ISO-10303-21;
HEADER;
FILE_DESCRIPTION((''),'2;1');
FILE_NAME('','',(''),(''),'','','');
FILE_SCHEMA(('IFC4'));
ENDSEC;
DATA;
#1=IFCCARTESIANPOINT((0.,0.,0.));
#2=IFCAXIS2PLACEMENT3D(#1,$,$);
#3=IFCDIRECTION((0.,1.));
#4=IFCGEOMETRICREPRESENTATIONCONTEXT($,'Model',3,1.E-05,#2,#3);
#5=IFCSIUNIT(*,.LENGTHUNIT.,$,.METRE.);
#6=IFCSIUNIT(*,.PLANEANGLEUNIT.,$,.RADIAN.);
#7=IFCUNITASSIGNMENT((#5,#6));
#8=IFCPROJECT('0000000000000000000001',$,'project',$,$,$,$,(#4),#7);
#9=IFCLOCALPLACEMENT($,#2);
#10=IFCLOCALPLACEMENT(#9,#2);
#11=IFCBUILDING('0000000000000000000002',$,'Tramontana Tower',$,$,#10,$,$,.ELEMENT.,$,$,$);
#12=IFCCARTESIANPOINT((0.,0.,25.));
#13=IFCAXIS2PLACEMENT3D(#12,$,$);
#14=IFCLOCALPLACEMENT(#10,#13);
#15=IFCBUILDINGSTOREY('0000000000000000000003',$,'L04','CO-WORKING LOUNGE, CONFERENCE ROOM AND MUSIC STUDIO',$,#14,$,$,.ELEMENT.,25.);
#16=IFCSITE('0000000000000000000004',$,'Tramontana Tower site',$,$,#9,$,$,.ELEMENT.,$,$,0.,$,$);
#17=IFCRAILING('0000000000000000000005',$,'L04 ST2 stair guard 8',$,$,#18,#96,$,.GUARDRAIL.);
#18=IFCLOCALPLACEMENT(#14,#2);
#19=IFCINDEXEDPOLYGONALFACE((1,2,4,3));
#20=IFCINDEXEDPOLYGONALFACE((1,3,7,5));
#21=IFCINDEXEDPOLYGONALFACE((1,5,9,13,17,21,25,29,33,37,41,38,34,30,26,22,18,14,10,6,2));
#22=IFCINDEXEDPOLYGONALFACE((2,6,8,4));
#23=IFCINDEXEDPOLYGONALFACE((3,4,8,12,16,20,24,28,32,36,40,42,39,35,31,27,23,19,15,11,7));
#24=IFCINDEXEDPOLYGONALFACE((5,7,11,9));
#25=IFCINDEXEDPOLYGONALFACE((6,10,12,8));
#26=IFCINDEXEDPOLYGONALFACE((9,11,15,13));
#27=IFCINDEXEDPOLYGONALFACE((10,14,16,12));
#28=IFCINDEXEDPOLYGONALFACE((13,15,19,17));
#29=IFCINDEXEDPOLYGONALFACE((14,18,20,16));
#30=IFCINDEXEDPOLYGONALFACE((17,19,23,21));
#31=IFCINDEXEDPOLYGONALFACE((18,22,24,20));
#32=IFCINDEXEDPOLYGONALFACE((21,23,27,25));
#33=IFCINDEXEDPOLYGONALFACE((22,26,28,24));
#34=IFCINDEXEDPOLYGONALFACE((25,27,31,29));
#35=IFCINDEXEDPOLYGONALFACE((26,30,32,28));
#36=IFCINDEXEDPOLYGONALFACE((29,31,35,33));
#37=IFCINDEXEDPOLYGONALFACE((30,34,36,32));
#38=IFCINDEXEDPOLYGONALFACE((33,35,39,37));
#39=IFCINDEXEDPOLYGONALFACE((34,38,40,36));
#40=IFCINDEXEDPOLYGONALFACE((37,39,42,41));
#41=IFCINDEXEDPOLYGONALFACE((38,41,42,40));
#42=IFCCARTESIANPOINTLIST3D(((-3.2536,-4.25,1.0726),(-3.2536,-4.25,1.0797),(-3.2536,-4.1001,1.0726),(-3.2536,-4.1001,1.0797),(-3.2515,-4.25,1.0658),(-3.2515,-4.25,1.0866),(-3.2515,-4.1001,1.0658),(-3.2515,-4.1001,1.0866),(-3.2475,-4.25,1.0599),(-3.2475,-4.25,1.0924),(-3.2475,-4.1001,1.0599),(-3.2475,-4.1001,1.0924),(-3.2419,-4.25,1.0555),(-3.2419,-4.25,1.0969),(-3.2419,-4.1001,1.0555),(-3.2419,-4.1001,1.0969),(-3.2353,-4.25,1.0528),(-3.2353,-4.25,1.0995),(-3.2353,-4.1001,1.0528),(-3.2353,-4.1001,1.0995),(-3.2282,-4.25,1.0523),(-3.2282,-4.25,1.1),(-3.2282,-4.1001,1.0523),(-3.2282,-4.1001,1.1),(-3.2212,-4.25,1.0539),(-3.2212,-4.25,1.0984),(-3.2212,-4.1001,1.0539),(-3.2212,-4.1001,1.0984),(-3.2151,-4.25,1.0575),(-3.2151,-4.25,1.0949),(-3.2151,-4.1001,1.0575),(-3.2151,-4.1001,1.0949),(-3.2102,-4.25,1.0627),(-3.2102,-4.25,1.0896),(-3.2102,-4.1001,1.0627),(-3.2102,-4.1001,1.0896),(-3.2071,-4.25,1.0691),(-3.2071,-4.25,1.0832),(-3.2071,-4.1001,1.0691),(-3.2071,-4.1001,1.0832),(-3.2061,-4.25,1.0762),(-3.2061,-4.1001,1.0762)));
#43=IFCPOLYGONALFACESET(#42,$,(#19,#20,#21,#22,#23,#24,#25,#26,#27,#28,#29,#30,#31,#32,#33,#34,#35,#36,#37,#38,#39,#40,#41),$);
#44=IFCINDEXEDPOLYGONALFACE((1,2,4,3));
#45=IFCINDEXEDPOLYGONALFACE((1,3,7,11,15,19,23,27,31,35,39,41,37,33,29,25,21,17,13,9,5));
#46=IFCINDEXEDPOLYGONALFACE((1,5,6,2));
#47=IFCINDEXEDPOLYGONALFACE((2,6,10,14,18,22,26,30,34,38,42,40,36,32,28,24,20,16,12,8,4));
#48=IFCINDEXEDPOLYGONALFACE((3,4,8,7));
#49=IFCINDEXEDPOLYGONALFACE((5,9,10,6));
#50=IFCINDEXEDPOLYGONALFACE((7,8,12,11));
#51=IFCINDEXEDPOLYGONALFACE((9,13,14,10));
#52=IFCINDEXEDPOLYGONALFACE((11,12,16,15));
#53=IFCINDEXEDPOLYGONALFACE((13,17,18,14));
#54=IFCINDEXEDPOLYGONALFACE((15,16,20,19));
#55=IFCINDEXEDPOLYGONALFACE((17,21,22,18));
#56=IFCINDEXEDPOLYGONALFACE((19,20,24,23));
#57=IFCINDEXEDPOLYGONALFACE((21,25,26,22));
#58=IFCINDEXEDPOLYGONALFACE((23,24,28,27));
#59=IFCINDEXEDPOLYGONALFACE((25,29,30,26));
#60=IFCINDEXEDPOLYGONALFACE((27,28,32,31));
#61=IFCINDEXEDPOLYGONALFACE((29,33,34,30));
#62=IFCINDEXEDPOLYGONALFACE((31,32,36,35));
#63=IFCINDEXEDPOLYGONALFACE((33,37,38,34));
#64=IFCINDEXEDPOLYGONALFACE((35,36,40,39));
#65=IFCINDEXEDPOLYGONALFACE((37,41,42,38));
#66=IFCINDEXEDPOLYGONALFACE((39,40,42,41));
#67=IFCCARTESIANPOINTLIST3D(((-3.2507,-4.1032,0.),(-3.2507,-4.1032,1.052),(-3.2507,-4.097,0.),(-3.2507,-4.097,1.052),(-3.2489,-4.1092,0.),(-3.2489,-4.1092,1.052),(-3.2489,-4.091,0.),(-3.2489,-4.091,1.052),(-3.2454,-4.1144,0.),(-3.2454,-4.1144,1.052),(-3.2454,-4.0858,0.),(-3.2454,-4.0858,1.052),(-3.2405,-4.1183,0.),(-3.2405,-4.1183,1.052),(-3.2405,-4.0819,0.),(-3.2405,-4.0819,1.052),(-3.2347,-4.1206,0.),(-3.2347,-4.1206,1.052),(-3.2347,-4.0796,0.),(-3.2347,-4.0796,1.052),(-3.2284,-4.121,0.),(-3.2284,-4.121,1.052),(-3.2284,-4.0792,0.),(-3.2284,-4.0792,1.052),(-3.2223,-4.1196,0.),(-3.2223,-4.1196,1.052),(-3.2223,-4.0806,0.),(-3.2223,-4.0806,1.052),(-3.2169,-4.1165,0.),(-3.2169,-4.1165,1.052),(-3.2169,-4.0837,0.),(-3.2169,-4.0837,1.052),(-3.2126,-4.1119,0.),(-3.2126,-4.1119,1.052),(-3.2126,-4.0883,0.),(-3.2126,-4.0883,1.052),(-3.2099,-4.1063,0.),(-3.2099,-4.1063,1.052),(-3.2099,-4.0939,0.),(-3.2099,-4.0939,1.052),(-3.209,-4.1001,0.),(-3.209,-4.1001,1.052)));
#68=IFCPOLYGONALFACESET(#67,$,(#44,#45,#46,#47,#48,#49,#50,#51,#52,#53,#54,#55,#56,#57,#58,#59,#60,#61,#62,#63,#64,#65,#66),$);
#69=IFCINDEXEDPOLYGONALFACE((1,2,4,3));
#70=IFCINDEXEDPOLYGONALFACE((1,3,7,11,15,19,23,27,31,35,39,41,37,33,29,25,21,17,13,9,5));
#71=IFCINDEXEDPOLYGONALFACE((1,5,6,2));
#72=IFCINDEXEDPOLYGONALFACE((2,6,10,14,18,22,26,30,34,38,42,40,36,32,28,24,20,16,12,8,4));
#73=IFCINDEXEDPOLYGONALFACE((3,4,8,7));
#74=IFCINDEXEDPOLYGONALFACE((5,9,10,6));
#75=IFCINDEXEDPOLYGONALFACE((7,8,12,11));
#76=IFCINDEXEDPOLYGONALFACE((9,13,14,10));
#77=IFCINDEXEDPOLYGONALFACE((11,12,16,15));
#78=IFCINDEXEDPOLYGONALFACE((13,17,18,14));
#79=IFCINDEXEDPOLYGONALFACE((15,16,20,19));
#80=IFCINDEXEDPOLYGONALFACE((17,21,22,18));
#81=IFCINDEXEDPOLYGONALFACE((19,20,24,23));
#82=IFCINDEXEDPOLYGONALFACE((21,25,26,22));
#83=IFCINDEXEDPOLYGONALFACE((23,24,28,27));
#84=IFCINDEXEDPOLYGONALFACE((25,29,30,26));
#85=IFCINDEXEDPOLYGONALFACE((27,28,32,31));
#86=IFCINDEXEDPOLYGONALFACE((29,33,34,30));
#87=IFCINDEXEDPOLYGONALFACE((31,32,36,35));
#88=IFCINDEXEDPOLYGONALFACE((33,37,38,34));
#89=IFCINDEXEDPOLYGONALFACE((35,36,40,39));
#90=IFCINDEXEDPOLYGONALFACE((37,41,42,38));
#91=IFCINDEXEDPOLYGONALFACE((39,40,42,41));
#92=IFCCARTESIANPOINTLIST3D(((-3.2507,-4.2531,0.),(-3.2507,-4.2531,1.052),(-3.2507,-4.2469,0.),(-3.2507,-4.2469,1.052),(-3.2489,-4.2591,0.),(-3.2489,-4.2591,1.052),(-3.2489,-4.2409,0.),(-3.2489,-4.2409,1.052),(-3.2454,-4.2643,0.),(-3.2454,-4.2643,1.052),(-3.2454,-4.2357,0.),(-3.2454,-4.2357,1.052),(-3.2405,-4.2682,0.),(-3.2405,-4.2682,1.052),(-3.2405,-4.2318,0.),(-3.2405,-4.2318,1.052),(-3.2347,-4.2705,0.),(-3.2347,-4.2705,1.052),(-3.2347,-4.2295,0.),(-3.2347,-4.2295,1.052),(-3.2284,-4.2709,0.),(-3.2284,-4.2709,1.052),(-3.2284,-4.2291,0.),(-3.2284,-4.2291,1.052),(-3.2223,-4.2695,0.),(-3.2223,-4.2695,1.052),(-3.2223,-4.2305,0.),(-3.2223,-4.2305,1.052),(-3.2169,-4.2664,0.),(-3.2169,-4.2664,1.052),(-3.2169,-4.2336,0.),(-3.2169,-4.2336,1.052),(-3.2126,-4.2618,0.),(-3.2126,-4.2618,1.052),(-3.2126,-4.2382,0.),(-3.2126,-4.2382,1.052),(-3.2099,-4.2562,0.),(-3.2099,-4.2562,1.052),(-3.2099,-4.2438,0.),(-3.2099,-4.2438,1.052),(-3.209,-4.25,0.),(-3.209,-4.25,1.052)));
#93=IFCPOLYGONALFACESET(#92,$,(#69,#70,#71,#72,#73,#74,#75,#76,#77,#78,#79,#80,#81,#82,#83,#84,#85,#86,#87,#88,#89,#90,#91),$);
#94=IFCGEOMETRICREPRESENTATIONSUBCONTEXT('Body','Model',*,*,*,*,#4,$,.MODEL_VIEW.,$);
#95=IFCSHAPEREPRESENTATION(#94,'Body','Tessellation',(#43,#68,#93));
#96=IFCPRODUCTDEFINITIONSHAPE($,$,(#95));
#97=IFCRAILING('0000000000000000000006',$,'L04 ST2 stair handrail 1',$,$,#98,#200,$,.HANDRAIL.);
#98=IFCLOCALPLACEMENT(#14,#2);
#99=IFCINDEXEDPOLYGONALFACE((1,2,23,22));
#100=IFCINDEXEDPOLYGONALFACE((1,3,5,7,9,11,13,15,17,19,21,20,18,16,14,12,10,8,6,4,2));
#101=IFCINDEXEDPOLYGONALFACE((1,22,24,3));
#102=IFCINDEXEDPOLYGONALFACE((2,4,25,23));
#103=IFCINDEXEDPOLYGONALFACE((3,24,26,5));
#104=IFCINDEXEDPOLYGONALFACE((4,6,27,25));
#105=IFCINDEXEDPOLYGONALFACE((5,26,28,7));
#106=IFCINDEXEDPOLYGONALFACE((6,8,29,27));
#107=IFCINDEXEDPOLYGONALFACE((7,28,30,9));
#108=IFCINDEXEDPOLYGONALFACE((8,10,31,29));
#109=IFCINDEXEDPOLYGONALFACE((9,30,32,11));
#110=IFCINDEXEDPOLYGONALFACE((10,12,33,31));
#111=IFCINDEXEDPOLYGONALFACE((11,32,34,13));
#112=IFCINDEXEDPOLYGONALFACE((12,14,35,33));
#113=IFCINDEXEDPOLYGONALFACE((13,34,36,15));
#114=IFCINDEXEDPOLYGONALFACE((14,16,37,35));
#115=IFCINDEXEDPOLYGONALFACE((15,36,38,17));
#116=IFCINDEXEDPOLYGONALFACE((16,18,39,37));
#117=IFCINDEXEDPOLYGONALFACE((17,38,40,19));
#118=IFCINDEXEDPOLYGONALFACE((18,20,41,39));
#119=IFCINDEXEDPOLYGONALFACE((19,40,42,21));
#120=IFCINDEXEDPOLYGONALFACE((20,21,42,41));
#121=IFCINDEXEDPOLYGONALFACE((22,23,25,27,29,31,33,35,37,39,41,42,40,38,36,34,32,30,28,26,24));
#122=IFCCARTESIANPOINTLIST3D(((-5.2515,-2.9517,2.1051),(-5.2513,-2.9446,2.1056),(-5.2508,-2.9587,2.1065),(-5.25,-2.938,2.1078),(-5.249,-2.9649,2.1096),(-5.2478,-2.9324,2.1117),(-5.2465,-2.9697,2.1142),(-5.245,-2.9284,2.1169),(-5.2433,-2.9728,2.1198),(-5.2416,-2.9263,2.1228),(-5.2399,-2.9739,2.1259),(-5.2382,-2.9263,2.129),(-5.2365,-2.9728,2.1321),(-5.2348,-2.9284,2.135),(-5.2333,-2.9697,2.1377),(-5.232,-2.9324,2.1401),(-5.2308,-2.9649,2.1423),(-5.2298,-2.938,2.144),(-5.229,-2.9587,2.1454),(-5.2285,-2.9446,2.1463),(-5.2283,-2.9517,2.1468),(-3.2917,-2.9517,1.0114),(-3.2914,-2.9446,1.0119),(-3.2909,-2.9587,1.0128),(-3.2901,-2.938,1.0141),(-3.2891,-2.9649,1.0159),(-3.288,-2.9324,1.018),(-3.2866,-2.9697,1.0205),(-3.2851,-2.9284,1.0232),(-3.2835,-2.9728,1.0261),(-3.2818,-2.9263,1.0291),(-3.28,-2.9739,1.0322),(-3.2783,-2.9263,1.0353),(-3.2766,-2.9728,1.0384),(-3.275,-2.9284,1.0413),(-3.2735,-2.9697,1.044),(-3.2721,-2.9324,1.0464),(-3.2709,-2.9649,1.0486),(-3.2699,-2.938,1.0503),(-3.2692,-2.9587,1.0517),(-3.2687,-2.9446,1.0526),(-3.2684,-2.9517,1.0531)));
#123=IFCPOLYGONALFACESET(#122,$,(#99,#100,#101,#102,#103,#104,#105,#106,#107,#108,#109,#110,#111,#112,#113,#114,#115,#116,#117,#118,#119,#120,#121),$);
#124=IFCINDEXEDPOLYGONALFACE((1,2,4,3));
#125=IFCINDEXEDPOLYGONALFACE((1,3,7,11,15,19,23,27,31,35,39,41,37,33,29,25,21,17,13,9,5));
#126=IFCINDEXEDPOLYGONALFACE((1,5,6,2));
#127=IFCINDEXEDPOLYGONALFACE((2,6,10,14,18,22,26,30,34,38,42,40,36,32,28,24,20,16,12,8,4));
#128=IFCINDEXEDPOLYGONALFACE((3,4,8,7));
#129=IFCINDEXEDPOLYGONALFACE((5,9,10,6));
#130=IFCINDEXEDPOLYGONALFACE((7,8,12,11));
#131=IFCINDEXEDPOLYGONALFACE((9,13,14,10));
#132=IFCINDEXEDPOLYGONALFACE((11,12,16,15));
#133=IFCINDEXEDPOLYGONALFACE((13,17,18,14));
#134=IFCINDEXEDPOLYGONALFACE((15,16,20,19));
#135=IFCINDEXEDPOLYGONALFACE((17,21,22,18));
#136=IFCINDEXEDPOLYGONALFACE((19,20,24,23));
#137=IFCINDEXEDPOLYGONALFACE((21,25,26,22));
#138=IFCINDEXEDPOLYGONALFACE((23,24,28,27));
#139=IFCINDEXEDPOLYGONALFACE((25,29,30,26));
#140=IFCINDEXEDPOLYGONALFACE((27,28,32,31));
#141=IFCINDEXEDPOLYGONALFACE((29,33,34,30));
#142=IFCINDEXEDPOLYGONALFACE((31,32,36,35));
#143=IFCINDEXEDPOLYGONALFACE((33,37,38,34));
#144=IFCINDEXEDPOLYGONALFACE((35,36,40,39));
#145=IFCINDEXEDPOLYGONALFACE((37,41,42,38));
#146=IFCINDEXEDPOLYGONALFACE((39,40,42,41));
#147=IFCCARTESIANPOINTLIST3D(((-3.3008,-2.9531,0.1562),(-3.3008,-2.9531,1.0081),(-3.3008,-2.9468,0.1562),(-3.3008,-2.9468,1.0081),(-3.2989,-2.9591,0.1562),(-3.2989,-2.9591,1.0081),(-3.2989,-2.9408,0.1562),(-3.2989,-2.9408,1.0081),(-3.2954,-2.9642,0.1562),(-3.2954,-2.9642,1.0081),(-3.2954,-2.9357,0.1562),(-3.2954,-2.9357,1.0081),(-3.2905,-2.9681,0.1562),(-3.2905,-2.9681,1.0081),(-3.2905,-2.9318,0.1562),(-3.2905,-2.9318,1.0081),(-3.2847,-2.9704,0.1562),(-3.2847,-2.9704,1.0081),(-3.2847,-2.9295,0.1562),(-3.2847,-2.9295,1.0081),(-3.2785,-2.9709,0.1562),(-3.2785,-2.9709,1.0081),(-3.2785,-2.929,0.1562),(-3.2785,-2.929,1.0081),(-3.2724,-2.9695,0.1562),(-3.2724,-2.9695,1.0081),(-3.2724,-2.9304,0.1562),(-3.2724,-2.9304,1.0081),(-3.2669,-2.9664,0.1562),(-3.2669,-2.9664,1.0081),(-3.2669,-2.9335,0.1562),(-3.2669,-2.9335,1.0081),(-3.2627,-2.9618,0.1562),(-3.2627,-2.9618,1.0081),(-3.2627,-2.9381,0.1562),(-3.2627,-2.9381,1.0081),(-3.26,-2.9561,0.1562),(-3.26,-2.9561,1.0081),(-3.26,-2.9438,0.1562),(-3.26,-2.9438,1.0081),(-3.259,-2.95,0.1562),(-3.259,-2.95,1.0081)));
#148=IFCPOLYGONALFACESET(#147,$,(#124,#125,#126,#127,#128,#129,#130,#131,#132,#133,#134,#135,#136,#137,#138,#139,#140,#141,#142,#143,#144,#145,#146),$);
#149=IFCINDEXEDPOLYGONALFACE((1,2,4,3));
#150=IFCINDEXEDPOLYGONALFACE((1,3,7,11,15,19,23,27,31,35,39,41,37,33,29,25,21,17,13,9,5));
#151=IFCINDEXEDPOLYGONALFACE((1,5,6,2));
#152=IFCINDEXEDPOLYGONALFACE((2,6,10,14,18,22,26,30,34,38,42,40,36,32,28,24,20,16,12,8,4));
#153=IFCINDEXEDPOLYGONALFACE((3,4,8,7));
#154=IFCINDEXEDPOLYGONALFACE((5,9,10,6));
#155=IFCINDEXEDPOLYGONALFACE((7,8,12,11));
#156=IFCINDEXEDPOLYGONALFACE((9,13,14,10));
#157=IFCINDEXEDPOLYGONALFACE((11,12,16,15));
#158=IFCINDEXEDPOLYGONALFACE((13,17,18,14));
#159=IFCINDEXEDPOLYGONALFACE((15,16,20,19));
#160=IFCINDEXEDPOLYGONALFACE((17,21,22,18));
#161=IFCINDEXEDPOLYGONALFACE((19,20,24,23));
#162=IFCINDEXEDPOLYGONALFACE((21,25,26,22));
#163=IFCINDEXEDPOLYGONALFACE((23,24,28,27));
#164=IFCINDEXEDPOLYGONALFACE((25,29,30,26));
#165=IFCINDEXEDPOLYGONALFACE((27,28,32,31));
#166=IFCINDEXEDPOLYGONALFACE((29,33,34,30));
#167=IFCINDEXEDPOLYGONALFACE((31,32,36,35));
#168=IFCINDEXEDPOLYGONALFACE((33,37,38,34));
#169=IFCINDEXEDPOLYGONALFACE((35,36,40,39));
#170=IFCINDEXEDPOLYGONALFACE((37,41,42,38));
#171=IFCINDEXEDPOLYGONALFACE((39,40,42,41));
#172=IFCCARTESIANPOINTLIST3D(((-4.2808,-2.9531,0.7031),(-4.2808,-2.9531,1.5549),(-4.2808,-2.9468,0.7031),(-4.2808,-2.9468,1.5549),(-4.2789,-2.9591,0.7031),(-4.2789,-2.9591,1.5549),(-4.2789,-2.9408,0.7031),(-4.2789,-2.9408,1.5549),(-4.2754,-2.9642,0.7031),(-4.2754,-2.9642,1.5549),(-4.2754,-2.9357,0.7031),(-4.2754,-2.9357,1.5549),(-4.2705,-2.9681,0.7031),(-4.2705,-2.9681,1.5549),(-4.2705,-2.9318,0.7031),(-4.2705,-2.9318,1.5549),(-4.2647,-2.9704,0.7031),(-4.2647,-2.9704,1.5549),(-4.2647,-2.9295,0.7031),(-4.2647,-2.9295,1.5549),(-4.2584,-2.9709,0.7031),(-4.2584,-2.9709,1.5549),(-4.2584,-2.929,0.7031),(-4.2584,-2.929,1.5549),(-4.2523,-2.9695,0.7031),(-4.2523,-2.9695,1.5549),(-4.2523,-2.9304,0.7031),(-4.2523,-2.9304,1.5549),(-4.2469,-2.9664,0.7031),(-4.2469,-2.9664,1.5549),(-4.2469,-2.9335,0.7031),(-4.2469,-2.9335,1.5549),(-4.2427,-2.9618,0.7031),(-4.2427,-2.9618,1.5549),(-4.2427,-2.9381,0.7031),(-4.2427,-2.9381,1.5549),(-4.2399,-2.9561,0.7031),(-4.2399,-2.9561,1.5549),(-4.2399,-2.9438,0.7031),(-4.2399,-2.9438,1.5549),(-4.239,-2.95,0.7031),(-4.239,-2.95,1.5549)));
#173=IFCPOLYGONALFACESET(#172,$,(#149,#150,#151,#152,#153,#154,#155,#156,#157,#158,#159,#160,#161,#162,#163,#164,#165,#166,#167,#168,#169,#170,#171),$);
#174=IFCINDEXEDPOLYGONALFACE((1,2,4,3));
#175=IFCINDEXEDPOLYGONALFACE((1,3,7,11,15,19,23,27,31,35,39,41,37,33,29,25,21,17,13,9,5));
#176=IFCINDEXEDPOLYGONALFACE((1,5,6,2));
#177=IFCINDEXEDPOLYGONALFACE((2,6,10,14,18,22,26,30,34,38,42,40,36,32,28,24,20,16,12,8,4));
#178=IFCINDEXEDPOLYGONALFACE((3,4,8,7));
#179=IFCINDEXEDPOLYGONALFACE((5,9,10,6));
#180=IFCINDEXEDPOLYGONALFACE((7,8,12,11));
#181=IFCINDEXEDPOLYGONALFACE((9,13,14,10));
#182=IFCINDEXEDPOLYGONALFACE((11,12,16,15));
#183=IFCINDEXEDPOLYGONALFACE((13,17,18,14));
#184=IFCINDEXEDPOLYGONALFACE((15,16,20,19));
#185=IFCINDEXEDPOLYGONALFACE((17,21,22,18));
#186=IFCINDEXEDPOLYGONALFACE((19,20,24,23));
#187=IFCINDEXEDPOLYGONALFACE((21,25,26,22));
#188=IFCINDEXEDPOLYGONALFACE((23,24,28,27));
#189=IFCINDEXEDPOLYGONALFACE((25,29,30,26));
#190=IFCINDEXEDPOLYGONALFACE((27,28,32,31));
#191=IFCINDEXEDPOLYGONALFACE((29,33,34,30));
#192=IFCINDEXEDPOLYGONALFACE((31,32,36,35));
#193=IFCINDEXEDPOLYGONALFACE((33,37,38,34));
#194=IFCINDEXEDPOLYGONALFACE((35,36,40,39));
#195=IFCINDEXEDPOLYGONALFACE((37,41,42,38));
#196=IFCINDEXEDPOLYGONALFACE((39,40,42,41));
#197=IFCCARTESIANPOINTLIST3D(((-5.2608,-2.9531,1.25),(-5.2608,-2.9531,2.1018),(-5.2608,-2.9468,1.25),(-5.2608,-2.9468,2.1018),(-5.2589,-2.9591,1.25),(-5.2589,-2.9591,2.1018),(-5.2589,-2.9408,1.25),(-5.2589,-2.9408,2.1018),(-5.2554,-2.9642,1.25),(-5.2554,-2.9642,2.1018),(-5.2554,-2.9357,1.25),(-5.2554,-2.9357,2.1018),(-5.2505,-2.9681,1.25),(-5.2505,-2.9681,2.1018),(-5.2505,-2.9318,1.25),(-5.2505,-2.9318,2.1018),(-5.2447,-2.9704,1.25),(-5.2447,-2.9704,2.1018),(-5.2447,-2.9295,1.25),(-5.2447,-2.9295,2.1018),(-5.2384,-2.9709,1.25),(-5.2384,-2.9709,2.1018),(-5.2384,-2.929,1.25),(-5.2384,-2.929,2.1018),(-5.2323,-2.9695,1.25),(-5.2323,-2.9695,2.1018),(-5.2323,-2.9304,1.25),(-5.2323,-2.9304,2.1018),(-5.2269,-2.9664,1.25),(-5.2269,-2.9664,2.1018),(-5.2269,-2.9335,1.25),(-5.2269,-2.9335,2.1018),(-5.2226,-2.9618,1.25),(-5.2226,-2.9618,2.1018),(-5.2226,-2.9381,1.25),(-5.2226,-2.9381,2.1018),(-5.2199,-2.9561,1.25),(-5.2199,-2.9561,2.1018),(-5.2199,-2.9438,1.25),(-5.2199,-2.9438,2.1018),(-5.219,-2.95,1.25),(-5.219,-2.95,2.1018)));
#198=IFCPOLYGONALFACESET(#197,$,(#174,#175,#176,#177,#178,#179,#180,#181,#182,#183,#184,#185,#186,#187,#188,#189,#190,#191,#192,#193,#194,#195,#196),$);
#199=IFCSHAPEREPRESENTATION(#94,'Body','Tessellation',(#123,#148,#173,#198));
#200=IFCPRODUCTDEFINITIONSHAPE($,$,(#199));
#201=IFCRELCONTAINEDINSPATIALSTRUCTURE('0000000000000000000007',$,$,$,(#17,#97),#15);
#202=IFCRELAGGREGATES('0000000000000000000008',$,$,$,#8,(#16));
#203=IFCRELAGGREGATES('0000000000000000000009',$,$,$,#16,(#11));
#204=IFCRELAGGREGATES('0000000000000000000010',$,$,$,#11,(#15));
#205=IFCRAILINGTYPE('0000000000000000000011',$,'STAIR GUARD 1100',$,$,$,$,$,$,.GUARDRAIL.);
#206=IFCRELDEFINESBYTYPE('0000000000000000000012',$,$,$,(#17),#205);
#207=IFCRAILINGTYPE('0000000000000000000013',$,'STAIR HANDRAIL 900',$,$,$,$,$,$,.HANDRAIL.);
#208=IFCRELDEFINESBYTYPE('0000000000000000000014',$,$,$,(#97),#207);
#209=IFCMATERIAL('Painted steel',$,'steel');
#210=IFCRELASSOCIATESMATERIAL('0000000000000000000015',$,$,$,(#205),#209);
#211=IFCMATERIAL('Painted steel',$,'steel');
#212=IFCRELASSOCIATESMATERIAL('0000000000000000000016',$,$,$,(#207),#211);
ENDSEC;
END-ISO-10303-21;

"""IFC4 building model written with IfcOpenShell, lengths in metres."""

from ifc_helpers import new_model, si_unit, direction, frame, origin, origin_2d, place, context, subcontext, project, spatial, circle, extrude, material, type_object, element, save


model = new_model("IFC4")

# Units and contexts
model_context = context("Model", 3, precision=1e-05, world=origin(), true_north=direction((0.0, 1.0)))
body_context = subcontext(model_context, "Body", "Model", "MODEL_VIEW")
ifc_project = project(units=[si_unit("LENGTHUNIT", "METRE"), si_unit("PLANEANGLEUNIT", "RADIAN")], contexts=[model_context])

# Site, building, storey
site_placement = place(None, origin())
site = spatial("IfcSite", under=ifc_project, at=site_placement, Name="Tramontana Tower site", CompositionType="ELEMENT", RefElevation=0.0)
building_placement = place(site_placement, origin())
building = spatial("IfcBuilding", under=site, at=building_placement, Name="Tramontana Tower", CompositionType="ELEMENT")
storey_placement = place(building_placement, frame((0.0, 0.0, 25.0)))
storey = spatial("IfcBuildingStorey", under=building, at=storey_placement, Name="L04", Description="CO-WORKING LOUNGE, CONFERENCE ROOM AND MUSIC STUDIO", CompositionType="ELEMENT", Elevation=25.0)

# Railings
ifc_material_1 = material(Name="Painted steel", Category="steel")
railing_type_1 = type_object("IfcRailingType", Name="STAIR GUARD 1100", PredefinedType="GUARDRAIL", material=ifc_material_1)
for number, where, name in (
    (1, (-3.23, -4.1001, 0.0), "L04 ST2 stair guard 8"),
):
    element("IfcRailing", number, at=place(storey_placement, frame(where)), inside=storey, type_object=railing_type_1, Name=name, PredefinedType="GUARDRAIL", context=body_context, shape_type="SweptSolid", body=[
        extrude(circle(Radius=0.0239, at=origin_2d()), frame((0.0, 0.0, 1.0762), z_axis=(0.0, -1.0, 0.0), x_axis=(1.0, 0.0, 0.0)), (0.0, 0.0, 1.0), 0.1499),
        extrude(circle(Radius=0.021, at=origin_2d()), origin(), (0.0, 0.0, 1.0), 1.052),
        extrude(circle(Radius=0.021, at=origin_2d()), frame((0.0, -0.1499, 0.0)), (0.0, 0.0, 1.0), 1.052),
    ])
ifc_material_2 = material(Name="Painted steel", Category="steel")
railing_type_2 = type_object("IfcRailingType", Name="STAIR HANDRAIL 900", PredefinedType="HANDRAIL", material=ifc_material_2)
railing_1_placement = place(storey_placement, frame((-3.28, -2.95, 0.1562)))
element("IfcRailing", 2, at=railing_1_placement, inside=storey, type_object=railing_type_2, Name="L04 ST2 stair handrail 1", PredefinedType="HANDRAIL", context=body_context, shape_type="SweptSolid", body=[
    extrude(circle(Radius=0.0239, at=origin_2d()), frame((0.0, 0.0, 0.876), z_axis=(-0.873232, 0.0, 0.487304), x_axis=(0.0, -1.0, 0.0)), (0.0, 0.0, 1.0), 2.2444),
    extrude(circle(Radius=0.021, at=origin_2d()), origin(), (0.0, 0.0, 1.0), 0.8518),
    extrude(circle(Radius=0.021, at=origin_2d()), frame((-0.98, 0.0, 0.5469)), (0.0, 0.0, 1.0), 0.8518),
    extrude(circle(Radius=0.021, at=origin_2d()), frame((-1.96, 0.0, 1.0938)), (0.0, 0.0, 1.0), 0.8518),
])

save(model, "model.ifc")
